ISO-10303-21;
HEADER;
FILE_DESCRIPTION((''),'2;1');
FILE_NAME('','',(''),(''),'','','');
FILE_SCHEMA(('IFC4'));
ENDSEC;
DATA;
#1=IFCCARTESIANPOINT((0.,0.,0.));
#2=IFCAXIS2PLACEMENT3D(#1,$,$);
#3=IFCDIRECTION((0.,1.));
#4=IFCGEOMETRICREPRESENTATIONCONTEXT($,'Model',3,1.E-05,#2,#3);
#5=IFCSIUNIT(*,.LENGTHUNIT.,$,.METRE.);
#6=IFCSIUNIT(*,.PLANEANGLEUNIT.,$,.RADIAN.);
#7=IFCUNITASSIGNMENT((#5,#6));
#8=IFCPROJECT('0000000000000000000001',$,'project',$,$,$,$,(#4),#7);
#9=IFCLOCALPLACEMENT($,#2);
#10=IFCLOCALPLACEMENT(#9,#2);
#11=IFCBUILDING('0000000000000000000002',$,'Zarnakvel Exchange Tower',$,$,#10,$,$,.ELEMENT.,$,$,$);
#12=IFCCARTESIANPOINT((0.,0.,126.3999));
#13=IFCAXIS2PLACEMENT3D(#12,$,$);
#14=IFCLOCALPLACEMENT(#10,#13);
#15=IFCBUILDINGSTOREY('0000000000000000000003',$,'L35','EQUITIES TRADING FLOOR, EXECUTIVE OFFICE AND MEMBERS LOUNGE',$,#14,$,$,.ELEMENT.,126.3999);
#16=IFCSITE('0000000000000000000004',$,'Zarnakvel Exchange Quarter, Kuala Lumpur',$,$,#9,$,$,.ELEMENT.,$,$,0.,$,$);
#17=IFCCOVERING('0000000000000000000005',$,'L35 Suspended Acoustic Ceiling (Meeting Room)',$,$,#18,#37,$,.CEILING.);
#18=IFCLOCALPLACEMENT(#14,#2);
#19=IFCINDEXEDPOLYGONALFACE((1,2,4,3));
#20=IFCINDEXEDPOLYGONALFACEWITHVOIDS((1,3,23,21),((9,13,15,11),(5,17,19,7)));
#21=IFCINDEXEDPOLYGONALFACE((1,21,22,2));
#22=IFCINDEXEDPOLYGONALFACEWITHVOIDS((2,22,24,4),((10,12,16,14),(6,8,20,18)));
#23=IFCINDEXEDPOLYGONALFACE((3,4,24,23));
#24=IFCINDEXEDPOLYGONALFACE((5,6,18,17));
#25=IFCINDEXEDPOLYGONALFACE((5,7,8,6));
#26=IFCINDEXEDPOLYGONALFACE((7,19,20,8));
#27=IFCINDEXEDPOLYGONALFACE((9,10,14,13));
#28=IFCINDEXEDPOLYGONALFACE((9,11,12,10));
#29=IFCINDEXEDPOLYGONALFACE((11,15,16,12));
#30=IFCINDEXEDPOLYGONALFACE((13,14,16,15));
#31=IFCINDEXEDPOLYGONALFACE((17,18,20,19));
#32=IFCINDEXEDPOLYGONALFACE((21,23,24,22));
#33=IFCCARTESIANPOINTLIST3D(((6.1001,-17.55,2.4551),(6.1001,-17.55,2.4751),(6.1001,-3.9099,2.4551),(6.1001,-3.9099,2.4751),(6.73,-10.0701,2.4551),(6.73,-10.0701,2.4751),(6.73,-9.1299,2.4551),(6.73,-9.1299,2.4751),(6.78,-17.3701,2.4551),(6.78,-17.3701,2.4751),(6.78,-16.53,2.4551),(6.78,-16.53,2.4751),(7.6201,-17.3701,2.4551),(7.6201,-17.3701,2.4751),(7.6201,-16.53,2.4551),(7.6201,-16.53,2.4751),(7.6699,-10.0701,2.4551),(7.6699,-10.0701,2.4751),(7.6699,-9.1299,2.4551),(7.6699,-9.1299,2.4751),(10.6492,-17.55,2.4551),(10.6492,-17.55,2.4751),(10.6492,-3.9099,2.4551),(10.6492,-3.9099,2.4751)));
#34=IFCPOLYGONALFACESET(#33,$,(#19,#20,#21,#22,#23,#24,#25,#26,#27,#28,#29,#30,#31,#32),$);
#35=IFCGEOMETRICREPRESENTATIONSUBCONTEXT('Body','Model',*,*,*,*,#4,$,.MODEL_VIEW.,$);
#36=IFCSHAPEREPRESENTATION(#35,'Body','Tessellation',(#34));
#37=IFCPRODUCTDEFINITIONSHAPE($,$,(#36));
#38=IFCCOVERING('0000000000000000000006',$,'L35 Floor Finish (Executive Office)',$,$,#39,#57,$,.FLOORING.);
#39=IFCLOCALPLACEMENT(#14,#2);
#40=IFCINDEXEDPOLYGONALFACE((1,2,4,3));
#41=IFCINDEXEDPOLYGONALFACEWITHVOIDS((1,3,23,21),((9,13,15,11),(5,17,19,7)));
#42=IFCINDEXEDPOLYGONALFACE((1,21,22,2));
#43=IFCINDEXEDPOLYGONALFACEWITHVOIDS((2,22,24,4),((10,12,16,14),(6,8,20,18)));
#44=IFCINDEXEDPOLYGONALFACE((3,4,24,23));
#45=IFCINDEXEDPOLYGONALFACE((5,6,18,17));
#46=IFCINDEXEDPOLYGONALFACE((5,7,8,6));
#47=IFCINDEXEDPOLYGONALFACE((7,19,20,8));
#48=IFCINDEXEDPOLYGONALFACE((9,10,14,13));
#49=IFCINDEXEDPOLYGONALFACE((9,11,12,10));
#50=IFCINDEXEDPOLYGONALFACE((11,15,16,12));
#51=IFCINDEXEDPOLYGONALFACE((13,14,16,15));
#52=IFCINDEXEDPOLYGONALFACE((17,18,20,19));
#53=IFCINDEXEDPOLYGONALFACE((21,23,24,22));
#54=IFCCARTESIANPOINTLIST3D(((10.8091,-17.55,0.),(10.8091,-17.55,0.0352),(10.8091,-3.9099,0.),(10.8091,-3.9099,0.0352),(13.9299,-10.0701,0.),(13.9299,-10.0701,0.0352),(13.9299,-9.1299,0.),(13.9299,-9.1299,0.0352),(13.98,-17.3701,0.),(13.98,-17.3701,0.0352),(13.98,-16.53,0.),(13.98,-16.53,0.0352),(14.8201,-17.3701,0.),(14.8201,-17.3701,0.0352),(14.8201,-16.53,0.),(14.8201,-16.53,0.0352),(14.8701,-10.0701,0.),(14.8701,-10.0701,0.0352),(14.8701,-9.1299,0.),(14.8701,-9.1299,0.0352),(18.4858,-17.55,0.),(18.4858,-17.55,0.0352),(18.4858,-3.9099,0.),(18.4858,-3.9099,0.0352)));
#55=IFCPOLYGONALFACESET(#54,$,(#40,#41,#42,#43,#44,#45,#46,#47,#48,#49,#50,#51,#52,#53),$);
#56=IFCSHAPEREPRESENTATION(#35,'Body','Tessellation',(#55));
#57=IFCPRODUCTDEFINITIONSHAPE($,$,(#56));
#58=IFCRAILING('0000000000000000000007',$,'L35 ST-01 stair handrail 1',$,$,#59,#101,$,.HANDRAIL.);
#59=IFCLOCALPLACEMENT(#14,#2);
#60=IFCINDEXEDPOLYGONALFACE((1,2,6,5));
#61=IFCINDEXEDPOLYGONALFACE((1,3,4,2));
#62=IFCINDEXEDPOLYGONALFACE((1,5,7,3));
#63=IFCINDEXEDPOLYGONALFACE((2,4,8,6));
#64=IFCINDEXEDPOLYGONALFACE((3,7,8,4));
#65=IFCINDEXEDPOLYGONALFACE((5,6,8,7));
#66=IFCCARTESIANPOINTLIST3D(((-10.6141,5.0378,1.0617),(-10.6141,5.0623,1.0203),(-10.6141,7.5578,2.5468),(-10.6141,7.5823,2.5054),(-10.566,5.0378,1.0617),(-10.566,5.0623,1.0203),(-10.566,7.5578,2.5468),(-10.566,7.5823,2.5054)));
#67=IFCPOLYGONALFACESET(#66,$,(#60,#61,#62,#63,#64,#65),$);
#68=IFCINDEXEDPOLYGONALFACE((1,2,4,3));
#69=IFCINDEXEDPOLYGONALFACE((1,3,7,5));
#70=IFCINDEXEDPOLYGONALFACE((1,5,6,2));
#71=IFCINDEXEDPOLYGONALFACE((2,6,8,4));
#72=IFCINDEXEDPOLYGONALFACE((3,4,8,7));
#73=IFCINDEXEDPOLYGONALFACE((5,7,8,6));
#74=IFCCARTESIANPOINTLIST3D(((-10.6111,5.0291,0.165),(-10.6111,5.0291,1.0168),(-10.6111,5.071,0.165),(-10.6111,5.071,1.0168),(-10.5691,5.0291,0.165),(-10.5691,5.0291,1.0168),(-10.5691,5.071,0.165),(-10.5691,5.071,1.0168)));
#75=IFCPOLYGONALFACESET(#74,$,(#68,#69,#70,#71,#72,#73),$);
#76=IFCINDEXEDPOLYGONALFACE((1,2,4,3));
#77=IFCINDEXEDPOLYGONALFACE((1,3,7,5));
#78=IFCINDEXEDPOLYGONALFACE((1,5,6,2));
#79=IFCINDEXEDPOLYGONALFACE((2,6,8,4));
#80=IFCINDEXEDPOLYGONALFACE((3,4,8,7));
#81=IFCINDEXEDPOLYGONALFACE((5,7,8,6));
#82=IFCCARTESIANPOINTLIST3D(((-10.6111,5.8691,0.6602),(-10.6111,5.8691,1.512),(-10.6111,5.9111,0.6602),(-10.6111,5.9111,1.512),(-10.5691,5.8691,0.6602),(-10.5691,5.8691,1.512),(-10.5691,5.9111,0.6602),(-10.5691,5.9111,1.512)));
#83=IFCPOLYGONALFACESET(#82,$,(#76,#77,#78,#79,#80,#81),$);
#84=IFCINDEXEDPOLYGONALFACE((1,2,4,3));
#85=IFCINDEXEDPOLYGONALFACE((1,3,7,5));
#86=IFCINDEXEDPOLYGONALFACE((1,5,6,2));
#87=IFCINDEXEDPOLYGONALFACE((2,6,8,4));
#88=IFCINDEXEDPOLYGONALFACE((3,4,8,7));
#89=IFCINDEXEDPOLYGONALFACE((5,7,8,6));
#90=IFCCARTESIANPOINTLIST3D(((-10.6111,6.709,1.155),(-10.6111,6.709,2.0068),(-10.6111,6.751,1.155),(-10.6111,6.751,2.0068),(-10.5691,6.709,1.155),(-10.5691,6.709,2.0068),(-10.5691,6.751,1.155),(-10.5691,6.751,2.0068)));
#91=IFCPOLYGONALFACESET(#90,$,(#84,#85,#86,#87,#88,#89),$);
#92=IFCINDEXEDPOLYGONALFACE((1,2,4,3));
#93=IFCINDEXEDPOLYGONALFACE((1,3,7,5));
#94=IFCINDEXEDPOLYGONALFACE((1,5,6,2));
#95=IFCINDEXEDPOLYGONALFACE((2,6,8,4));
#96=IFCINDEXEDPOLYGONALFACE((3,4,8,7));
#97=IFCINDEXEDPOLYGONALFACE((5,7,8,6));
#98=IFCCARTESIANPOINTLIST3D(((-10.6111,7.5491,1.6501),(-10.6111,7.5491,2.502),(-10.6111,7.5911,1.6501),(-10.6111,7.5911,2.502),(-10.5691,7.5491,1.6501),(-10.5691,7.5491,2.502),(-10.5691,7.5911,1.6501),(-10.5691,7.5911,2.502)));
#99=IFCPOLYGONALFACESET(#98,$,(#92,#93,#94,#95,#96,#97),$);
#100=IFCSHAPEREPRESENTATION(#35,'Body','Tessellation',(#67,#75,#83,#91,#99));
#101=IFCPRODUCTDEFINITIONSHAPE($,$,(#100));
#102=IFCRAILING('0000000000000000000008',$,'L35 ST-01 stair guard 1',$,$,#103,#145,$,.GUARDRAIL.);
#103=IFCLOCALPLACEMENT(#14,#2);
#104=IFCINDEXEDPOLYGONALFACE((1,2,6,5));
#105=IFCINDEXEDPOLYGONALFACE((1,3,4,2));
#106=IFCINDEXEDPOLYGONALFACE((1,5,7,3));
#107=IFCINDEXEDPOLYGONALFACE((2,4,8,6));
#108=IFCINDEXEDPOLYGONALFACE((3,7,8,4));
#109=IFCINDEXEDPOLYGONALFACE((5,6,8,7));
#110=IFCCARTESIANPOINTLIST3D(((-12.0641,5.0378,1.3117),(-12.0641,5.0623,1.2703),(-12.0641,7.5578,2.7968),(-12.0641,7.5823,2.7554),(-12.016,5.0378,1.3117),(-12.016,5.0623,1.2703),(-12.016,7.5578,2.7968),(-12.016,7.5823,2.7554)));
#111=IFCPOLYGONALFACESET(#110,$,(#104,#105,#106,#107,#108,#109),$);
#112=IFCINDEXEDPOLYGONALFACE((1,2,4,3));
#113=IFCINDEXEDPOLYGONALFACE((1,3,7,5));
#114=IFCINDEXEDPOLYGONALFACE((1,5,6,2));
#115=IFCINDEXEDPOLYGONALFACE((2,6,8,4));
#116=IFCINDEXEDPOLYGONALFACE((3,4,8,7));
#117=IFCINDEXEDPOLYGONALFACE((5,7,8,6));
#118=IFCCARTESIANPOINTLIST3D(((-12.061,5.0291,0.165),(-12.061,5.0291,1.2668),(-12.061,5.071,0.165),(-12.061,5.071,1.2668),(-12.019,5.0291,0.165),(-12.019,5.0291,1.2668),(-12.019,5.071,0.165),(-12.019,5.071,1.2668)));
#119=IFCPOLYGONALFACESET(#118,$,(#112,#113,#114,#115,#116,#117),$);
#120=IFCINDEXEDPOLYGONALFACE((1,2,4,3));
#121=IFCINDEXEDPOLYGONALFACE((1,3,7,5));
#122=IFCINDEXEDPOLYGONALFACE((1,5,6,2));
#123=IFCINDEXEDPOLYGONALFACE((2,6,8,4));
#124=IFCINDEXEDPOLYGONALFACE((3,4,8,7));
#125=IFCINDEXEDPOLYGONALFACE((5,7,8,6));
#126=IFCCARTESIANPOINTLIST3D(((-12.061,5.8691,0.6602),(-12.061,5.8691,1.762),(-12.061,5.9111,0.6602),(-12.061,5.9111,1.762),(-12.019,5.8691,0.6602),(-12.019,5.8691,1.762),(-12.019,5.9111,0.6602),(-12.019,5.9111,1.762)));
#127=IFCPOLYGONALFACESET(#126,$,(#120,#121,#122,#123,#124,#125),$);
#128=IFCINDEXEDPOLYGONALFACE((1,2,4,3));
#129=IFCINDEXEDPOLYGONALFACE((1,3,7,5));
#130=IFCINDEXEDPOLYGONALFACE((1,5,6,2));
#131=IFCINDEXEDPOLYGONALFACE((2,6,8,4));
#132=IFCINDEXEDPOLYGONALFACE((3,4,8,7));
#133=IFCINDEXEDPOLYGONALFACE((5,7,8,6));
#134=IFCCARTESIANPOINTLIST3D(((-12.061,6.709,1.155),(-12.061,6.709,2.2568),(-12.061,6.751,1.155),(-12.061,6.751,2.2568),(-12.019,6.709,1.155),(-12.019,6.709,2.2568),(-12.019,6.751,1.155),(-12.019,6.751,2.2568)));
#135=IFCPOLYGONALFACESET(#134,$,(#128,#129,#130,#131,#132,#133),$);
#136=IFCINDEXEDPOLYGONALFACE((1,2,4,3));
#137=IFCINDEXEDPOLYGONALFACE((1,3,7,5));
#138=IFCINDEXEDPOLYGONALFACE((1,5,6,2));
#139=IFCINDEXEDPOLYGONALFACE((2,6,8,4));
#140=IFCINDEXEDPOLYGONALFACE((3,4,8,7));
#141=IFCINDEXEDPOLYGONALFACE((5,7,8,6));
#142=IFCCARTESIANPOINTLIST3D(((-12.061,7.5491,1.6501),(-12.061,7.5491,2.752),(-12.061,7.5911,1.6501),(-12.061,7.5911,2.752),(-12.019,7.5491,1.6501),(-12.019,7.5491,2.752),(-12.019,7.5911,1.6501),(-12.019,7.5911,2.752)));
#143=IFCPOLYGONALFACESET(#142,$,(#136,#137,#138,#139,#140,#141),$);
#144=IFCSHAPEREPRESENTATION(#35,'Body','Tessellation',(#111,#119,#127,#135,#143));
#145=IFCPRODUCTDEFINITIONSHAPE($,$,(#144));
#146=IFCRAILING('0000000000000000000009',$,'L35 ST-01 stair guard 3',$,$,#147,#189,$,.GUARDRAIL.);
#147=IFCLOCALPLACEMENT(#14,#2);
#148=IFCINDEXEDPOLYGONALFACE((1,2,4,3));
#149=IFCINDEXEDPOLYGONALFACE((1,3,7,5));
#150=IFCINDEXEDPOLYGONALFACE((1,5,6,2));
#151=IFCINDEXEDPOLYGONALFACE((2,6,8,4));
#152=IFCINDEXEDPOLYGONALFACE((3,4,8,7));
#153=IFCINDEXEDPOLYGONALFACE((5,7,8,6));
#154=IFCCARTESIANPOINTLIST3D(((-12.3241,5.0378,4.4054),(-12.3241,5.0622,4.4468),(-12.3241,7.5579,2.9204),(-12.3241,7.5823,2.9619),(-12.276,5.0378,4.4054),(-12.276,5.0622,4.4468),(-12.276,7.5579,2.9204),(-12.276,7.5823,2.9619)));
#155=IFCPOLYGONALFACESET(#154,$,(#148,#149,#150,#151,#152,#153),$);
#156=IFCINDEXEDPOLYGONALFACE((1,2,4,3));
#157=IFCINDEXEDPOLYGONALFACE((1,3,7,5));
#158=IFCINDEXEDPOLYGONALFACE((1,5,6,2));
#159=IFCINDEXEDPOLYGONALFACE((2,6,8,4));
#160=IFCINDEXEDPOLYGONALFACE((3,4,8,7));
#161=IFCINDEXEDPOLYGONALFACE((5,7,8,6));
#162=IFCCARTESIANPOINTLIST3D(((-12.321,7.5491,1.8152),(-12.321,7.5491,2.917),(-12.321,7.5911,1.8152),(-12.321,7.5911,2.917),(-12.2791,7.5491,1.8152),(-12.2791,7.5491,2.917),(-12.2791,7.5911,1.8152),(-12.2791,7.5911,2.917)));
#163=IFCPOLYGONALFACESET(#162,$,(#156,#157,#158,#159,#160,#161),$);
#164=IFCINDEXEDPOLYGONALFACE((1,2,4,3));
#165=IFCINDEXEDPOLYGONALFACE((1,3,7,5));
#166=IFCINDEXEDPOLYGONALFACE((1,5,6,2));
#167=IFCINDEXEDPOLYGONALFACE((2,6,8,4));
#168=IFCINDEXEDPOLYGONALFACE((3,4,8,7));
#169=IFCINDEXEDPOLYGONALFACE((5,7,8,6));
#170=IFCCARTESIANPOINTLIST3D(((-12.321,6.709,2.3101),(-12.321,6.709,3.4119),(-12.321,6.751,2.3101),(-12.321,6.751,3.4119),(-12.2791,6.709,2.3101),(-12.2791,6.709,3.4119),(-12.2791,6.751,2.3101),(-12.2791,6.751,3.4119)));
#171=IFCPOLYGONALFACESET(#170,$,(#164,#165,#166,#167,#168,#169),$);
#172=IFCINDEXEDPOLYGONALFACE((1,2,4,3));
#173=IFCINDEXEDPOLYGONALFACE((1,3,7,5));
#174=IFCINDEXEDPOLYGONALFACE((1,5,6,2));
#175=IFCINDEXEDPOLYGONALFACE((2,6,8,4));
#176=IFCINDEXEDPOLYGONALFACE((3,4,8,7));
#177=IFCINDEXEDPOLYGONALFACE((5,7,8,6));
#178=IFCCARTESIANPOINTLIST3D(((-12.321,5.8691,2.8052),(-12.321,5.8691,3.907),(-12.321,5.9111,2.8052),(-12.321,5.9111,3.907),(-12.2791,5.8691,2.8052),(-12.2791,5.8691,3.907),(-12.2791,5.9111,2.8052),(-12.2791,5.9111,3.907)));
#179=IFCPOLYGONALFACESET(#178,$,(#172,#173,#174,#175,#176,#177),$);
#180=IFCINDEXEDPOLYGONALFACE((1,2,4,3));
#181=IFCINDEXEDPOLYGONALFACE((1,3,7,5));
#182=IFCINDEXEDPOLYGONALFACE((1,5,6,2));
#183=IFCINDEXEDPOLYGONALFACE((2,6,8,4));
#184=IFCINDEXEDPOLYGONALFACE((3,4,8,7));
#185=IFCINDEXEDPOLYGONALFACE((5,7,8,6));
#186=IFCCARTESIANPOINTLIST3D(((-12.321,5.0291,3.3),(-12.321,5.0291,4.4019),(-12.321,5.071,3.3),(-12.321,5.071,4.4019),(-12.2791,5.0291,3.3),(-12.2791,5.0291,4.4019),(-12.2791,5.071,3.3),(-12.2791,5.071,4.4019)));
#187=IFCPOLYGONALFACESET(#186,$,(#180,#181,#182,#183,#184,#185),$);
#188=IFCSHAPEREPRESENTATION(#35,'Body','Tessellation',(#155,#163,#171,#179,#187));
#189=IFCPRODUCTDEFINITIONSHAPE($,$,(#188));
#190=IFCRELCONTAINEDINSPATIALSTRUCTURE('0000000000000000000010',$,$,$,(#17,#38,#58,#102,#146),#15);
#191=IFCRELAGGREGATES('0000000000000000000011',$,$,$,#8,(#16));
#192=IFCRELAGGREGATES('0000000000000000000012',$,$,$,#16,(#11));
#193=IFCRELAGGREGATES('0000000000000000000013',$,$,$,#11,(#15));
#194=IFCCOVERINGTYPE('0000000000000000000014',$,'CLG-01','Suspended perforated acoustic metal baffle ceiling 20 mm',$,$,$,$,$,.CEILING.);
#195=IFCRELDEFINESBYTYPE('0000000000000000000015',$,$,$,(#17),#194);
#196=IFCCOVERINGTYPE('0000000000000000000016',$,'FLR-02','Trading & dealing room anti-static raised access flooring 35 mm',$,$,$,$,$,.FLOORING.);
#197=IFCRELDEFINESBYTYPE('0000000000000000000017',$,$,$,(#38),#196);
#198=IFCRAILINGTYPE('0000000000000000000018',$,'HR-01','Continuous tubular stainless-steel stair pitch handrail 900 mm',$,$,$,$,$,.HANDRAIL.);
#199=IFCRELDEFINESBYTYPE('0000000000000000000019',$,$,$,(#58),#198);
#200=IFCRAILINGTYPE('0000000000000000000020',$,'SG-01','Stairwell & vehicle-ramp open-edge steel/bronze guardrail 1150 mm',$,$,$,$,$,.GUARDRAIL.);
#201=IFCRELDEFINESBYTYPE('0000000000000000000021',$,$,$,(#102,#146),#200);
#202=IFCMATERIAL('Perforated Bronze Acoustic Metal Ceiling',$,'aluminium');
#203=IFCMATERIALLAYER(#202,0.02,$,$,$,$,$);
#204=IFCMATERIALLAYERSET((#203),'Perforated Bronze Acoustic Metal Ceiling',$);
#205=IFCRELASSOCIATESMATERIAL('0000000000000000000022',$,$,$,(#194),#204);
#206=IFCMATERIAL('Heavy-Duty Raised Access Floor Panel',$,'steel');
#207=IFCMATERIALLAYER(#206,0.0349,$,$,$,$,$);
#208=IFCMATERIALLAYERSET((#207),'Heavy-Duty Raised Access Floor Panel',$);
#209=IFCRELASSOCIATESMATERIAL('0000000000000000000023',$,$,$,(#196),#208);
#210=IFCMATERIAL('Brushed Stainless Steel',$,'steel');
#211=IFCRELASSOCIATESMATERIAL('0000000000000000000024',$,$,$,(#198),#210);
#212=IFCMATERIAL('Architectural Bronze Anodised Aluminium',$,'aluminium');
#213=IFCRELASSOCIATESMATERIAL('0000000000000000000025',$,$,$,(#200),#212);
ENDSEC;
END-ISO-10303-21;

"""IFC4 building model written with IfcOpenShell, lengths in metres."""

from ifc_helpers import new_model, si_unit, direction, frame, origin, origin_2d, place, context, subcontext, project, spatial, polyline, rectangle, outline, extrude, material, layer, layer_set, type_object, element, save


model = new_model("IFC4")

# Units and contexts
model_context = context("Model", 3, precision=1e-05, world=origin(), true_north=direction((0.0, 1.0)))
body_context = subcontext(model_context, "Body", "Model", "MODEL_VIEW")
ifc_project = project(units=[si_unit("LENGTHUNIT", "METRE"), si_unit("PLANEANGLEUNIT", "RADIAN")], contexts=[model_context])

# Site, building, storey
site_placement = place(None, origin())
site = spatial("IfcSite", under=ifc_project, at=site_placement, Name="Zarnakvel Exchange Quarter, Kuala Lumpur", CompositionType="ELEMENT", RefElevation=0.0)
building_placement = place(site_placement, origin())
building = spatial("IfcBuilding", under=site, at=building_placement, Name="Zarnakvel Exchange Tower", CompositionType="ELEMENT")
storey_placement = place(building_placement, frame((0.0, 0.0, 126.3999)))
storey = spatial("IfcBuildingStorey", under=building, at=storey_placement, Name="L35", Description="EQUITIES TRADING FLOOR, EXECUTIVE OFFICE AND MEMBERS LOUNGE", CompositionType="ELEMENT", Elevation=126.3999)

# Shared definitions
ifc_material_1 = material(Name="Brushed Stainless Steel", Category="steel")

# Shared definitions
ifc_material_2 = material(Name="Architectural Bronze Anodised Aluminium", Category="aluminium")

# Coverings
ifc_material_3 = material(Name="Perforated Bronze Acoustic Metal Ceiling", Category="aluminium")
ifc_layer_1 = layer(ifc_material_3, 0.02)
ifc_layer_set_1 = layer_set([ifc_layer_1], Name="Perforated Bronze Acoustic Metal Ceiling")
covering_type_1 = type_object("IfcCoveringType", Name="CLG-01", Description="Suspended perforated acoustic metal baffle ceiling 20 mm", PredefinedType="CEILING", material=ifc_layer_set_1)
covering_1_placement = place(storey_placement, frame((0.0, 0.0, 2.4551)))
element("IfcCovering", 1, at=covering_1_placement, inside=storey, type_object=covering_type_1, Name="L35 Suspended Acoustic Ceiling (Meeting Room)", PredefinedType="CEILING", context=body_context, shape_type="SweptSolid", body=[
    extrude(outline(polyline([(6.1001, -3.9099), (10.6492, -3.9099), (10.6492, -17.55), (6.1001, -17.55), (6.1001, -3.9099)]), holes=[polyline([(6.73, -10.0701), (7.6699, -10.0701), (7.6699, -9.1299), (6.73, -9.1299), (6.73, -10.0701)]), polyline([(7.6201, -17.3701), (7.6201, -16.53), (6.78, -16.53), (6.78, -17.3701), (7.6201, -17.3701)])]), origin(), (0.0, 0.0, 1.0), 0.02),
])
ifc_material_4 = material(Name="Heavy-Duty Raised Access Floor Panel", Category="steel")
ifc_layer_2 = layer(ifc_material_4, 0.0349)
ifc_layer_set_2 = layer_set([ifc_layer_2], Name="Heavy-Duty Raised Access Floor Panel")
covering_type_2 = type_object("IfcCoveringType", Name="FLR-02", Description="Trading & dealing room anti-static raised access flooring 35 mm", PredefinedType="FLOORING", material=ifc_layer_set_2)
covering_2_placement = place(storey_placement, origin())
element("IfcCovering", 2, at=covering_2_placement, inside=storey, type_object=covering_type_2, Name="L35 Floor Finish (Executive Office)", PredefinedType="FLOORING", context=body_context, shape_type="SweptSolid", body=[
    extrude(outline(polyline([(10.8091, -3.9099), (18.4858, -3.9099), (18.4858, -17.55), (10.8091, -17.55), (10.8091, -3.9099)]), holes=[polyline([(13.9299, -10.0701), (14.8701, -10.0701), (14.8701, -9.1299), (13.9299, -9.1299), (13.9299, -10.0701)]), polyline([(14.8201, -17.3701), (14.8201, -16.53), (13.98, -16.53), (13.98, -17.3701), (14.8201, -17.3701)])]), origin(), (0.0, 0.0, 1.0), 0.0352),
])

# Railings
railing_type_1 = type_object("IfcRailingType", Name="HR-01", Description="Continuous tubular stainless-steel stair pitch handrail 900 mm", PredefinedType="HANDRAIL", material=ifc_material_1)
railing_1_placement = place(storey_placement, frame((-10.5901, 5.05, 0.165)))
element("IfcRailing", 3, at=railing_1_placement, inside=storey, type_object=railing_type_1, Name="L35 ST-01 stair handrail 1", PredefinedType="HANDRAIL", context=body_context, shape_type="SweptSolid", body=[
    extrude(rectangle(XDim=0.0481, YDim=0.0481, at=origin_2d()), frame((0.0, 0.0, 0.876), z_axis=(0.0, 0.861524, 0.507717), x_axis=(-1.0, 0.0, 0.0)), (0.0, 0.0, 1.0), 2.925),
    extrude(rectangle(XDim=0.042, YDim=0.042, at=origin_2d()), origin(), (0.0, 0.0, 1.0), 0.8518),
    extrude(rectangle(XDim=0.042, YDim=0.042, at=origin_2d()), frame((0.0, 0.8401, 0.4951)), (0.0, 0.0, 1.0), 0.8518),
    extrude(rectangle(XDim=0.042, YDim=0.042, at=origin_2d()), frame((0.0, 1.6799, 0.99)), (0.0, 0.0, 1.0), 0.8518),
    extrude(rectangle(XDim=0.042, YDim=0.042, at=origin_2d()), frame((0.0, 2.52, 1.4851)), (0.0, 0.0, 1.0), 0.8518),
])
railing_type_2 = type_object("IfcRailingType", Name="SG-01", Description="Stairwell & vehicle-ramp open-edge steel/bronze guardrail 1150 mm", PredefinedType="GUARDRAIL", material=ifc_material_2)
railing_2_placement = place(storey_placement, frame((-12.04, 5.05, 0.165)))
element("IfcRailing", 4, at=railing_2_placement, inside=storey, type_object=railing_type_2, Name="L35 ST-01 stair guard 1", PredefinedType="GUARDRAIL", context=body_context, shape_type="SweptSolid", body=[
    extrude(rectangle(XDim=0.0481, YDim=0.0481, at=origin_2d()), frame((0.0, 0.0, 1.126), z_axis=(0.0, 0.861524, 0.507717), x_axis=(-1.0, 0.0, 0.0)), (0.0, 0.0, 1.0), 2.925),
    extrude(rectangle(XDim=0.042, YDim=0.042, at=origin_2d()), origin(), (0.0, 0.0, 1.0), 1.1018),
    extrude(rectangle(XDim=0.042, YDim=0.042, at=origin_2d()), frame((0.0, 0.8401, 0.4951)), (0.0, 0.0, 1.0), 1.1018),
    extrude(rectangle(XDim=0.042, YDim=0.042, at=origin_2d()), frame((0.0, 1.6799, 0.99)), (0.0, 0.0, 1.0), 1.1018),
    extrude(rectangle(XDim=0.042, YDim=0.042, at=origin_2d()), frame((0.0, 2.52, 1.4851)), (0.0, 0.0, 1.0), 1.1018),
])
railing_3_placement = place(storey_placement, frame((-12.3, 7.5701, 1.8152)))
element("IfcRailing", 5, at=railing_3_placement, inside=storey, type_object=railing_type_2, Name="L35 ST-01 stair guard 3", PredefinedType="GUARDRAIL", context=body_context, shape_type="SweptSolid", body=[
    extrude(rectangle(XDim=0.0481, YDim=0.0481, at=origin_2d()), frame((0.0, 0.0, 1.126), z_axis=(0.0, -0.861561, 0.507655), x_axis=(1.0, 0.0, 0.0)), (0.0, 0.0, 1.0), 2.925),
    extrude(rectangle(XDim=0.042, YDim=0.042, at=origin_2d()), origin(), (0.0, 0.0, 1.0), 1.1018),
    extrude(rectangle(XDim=0.042, YDim=0.042, at=origin_2d()), frame((0.0, -0.8401, 0.4949)), (0.0, 0.0, 1.0), 1.1018),
    extrude(rectangle(XDim=0.042, YDim=0.042, at=origin_2d()), frame((0.0, -1.6799, 0.99)), (0.0, 0.0, 1.0), 1.1018),
    extrude(rectangle(XDim=0.042, YDim=0.042, at=origin_2d()), frame((0.0, -2.52, 1.4849)), (0.0, 0.0, 1.0), 1.1018),
])

save(model, "model.ifc")
